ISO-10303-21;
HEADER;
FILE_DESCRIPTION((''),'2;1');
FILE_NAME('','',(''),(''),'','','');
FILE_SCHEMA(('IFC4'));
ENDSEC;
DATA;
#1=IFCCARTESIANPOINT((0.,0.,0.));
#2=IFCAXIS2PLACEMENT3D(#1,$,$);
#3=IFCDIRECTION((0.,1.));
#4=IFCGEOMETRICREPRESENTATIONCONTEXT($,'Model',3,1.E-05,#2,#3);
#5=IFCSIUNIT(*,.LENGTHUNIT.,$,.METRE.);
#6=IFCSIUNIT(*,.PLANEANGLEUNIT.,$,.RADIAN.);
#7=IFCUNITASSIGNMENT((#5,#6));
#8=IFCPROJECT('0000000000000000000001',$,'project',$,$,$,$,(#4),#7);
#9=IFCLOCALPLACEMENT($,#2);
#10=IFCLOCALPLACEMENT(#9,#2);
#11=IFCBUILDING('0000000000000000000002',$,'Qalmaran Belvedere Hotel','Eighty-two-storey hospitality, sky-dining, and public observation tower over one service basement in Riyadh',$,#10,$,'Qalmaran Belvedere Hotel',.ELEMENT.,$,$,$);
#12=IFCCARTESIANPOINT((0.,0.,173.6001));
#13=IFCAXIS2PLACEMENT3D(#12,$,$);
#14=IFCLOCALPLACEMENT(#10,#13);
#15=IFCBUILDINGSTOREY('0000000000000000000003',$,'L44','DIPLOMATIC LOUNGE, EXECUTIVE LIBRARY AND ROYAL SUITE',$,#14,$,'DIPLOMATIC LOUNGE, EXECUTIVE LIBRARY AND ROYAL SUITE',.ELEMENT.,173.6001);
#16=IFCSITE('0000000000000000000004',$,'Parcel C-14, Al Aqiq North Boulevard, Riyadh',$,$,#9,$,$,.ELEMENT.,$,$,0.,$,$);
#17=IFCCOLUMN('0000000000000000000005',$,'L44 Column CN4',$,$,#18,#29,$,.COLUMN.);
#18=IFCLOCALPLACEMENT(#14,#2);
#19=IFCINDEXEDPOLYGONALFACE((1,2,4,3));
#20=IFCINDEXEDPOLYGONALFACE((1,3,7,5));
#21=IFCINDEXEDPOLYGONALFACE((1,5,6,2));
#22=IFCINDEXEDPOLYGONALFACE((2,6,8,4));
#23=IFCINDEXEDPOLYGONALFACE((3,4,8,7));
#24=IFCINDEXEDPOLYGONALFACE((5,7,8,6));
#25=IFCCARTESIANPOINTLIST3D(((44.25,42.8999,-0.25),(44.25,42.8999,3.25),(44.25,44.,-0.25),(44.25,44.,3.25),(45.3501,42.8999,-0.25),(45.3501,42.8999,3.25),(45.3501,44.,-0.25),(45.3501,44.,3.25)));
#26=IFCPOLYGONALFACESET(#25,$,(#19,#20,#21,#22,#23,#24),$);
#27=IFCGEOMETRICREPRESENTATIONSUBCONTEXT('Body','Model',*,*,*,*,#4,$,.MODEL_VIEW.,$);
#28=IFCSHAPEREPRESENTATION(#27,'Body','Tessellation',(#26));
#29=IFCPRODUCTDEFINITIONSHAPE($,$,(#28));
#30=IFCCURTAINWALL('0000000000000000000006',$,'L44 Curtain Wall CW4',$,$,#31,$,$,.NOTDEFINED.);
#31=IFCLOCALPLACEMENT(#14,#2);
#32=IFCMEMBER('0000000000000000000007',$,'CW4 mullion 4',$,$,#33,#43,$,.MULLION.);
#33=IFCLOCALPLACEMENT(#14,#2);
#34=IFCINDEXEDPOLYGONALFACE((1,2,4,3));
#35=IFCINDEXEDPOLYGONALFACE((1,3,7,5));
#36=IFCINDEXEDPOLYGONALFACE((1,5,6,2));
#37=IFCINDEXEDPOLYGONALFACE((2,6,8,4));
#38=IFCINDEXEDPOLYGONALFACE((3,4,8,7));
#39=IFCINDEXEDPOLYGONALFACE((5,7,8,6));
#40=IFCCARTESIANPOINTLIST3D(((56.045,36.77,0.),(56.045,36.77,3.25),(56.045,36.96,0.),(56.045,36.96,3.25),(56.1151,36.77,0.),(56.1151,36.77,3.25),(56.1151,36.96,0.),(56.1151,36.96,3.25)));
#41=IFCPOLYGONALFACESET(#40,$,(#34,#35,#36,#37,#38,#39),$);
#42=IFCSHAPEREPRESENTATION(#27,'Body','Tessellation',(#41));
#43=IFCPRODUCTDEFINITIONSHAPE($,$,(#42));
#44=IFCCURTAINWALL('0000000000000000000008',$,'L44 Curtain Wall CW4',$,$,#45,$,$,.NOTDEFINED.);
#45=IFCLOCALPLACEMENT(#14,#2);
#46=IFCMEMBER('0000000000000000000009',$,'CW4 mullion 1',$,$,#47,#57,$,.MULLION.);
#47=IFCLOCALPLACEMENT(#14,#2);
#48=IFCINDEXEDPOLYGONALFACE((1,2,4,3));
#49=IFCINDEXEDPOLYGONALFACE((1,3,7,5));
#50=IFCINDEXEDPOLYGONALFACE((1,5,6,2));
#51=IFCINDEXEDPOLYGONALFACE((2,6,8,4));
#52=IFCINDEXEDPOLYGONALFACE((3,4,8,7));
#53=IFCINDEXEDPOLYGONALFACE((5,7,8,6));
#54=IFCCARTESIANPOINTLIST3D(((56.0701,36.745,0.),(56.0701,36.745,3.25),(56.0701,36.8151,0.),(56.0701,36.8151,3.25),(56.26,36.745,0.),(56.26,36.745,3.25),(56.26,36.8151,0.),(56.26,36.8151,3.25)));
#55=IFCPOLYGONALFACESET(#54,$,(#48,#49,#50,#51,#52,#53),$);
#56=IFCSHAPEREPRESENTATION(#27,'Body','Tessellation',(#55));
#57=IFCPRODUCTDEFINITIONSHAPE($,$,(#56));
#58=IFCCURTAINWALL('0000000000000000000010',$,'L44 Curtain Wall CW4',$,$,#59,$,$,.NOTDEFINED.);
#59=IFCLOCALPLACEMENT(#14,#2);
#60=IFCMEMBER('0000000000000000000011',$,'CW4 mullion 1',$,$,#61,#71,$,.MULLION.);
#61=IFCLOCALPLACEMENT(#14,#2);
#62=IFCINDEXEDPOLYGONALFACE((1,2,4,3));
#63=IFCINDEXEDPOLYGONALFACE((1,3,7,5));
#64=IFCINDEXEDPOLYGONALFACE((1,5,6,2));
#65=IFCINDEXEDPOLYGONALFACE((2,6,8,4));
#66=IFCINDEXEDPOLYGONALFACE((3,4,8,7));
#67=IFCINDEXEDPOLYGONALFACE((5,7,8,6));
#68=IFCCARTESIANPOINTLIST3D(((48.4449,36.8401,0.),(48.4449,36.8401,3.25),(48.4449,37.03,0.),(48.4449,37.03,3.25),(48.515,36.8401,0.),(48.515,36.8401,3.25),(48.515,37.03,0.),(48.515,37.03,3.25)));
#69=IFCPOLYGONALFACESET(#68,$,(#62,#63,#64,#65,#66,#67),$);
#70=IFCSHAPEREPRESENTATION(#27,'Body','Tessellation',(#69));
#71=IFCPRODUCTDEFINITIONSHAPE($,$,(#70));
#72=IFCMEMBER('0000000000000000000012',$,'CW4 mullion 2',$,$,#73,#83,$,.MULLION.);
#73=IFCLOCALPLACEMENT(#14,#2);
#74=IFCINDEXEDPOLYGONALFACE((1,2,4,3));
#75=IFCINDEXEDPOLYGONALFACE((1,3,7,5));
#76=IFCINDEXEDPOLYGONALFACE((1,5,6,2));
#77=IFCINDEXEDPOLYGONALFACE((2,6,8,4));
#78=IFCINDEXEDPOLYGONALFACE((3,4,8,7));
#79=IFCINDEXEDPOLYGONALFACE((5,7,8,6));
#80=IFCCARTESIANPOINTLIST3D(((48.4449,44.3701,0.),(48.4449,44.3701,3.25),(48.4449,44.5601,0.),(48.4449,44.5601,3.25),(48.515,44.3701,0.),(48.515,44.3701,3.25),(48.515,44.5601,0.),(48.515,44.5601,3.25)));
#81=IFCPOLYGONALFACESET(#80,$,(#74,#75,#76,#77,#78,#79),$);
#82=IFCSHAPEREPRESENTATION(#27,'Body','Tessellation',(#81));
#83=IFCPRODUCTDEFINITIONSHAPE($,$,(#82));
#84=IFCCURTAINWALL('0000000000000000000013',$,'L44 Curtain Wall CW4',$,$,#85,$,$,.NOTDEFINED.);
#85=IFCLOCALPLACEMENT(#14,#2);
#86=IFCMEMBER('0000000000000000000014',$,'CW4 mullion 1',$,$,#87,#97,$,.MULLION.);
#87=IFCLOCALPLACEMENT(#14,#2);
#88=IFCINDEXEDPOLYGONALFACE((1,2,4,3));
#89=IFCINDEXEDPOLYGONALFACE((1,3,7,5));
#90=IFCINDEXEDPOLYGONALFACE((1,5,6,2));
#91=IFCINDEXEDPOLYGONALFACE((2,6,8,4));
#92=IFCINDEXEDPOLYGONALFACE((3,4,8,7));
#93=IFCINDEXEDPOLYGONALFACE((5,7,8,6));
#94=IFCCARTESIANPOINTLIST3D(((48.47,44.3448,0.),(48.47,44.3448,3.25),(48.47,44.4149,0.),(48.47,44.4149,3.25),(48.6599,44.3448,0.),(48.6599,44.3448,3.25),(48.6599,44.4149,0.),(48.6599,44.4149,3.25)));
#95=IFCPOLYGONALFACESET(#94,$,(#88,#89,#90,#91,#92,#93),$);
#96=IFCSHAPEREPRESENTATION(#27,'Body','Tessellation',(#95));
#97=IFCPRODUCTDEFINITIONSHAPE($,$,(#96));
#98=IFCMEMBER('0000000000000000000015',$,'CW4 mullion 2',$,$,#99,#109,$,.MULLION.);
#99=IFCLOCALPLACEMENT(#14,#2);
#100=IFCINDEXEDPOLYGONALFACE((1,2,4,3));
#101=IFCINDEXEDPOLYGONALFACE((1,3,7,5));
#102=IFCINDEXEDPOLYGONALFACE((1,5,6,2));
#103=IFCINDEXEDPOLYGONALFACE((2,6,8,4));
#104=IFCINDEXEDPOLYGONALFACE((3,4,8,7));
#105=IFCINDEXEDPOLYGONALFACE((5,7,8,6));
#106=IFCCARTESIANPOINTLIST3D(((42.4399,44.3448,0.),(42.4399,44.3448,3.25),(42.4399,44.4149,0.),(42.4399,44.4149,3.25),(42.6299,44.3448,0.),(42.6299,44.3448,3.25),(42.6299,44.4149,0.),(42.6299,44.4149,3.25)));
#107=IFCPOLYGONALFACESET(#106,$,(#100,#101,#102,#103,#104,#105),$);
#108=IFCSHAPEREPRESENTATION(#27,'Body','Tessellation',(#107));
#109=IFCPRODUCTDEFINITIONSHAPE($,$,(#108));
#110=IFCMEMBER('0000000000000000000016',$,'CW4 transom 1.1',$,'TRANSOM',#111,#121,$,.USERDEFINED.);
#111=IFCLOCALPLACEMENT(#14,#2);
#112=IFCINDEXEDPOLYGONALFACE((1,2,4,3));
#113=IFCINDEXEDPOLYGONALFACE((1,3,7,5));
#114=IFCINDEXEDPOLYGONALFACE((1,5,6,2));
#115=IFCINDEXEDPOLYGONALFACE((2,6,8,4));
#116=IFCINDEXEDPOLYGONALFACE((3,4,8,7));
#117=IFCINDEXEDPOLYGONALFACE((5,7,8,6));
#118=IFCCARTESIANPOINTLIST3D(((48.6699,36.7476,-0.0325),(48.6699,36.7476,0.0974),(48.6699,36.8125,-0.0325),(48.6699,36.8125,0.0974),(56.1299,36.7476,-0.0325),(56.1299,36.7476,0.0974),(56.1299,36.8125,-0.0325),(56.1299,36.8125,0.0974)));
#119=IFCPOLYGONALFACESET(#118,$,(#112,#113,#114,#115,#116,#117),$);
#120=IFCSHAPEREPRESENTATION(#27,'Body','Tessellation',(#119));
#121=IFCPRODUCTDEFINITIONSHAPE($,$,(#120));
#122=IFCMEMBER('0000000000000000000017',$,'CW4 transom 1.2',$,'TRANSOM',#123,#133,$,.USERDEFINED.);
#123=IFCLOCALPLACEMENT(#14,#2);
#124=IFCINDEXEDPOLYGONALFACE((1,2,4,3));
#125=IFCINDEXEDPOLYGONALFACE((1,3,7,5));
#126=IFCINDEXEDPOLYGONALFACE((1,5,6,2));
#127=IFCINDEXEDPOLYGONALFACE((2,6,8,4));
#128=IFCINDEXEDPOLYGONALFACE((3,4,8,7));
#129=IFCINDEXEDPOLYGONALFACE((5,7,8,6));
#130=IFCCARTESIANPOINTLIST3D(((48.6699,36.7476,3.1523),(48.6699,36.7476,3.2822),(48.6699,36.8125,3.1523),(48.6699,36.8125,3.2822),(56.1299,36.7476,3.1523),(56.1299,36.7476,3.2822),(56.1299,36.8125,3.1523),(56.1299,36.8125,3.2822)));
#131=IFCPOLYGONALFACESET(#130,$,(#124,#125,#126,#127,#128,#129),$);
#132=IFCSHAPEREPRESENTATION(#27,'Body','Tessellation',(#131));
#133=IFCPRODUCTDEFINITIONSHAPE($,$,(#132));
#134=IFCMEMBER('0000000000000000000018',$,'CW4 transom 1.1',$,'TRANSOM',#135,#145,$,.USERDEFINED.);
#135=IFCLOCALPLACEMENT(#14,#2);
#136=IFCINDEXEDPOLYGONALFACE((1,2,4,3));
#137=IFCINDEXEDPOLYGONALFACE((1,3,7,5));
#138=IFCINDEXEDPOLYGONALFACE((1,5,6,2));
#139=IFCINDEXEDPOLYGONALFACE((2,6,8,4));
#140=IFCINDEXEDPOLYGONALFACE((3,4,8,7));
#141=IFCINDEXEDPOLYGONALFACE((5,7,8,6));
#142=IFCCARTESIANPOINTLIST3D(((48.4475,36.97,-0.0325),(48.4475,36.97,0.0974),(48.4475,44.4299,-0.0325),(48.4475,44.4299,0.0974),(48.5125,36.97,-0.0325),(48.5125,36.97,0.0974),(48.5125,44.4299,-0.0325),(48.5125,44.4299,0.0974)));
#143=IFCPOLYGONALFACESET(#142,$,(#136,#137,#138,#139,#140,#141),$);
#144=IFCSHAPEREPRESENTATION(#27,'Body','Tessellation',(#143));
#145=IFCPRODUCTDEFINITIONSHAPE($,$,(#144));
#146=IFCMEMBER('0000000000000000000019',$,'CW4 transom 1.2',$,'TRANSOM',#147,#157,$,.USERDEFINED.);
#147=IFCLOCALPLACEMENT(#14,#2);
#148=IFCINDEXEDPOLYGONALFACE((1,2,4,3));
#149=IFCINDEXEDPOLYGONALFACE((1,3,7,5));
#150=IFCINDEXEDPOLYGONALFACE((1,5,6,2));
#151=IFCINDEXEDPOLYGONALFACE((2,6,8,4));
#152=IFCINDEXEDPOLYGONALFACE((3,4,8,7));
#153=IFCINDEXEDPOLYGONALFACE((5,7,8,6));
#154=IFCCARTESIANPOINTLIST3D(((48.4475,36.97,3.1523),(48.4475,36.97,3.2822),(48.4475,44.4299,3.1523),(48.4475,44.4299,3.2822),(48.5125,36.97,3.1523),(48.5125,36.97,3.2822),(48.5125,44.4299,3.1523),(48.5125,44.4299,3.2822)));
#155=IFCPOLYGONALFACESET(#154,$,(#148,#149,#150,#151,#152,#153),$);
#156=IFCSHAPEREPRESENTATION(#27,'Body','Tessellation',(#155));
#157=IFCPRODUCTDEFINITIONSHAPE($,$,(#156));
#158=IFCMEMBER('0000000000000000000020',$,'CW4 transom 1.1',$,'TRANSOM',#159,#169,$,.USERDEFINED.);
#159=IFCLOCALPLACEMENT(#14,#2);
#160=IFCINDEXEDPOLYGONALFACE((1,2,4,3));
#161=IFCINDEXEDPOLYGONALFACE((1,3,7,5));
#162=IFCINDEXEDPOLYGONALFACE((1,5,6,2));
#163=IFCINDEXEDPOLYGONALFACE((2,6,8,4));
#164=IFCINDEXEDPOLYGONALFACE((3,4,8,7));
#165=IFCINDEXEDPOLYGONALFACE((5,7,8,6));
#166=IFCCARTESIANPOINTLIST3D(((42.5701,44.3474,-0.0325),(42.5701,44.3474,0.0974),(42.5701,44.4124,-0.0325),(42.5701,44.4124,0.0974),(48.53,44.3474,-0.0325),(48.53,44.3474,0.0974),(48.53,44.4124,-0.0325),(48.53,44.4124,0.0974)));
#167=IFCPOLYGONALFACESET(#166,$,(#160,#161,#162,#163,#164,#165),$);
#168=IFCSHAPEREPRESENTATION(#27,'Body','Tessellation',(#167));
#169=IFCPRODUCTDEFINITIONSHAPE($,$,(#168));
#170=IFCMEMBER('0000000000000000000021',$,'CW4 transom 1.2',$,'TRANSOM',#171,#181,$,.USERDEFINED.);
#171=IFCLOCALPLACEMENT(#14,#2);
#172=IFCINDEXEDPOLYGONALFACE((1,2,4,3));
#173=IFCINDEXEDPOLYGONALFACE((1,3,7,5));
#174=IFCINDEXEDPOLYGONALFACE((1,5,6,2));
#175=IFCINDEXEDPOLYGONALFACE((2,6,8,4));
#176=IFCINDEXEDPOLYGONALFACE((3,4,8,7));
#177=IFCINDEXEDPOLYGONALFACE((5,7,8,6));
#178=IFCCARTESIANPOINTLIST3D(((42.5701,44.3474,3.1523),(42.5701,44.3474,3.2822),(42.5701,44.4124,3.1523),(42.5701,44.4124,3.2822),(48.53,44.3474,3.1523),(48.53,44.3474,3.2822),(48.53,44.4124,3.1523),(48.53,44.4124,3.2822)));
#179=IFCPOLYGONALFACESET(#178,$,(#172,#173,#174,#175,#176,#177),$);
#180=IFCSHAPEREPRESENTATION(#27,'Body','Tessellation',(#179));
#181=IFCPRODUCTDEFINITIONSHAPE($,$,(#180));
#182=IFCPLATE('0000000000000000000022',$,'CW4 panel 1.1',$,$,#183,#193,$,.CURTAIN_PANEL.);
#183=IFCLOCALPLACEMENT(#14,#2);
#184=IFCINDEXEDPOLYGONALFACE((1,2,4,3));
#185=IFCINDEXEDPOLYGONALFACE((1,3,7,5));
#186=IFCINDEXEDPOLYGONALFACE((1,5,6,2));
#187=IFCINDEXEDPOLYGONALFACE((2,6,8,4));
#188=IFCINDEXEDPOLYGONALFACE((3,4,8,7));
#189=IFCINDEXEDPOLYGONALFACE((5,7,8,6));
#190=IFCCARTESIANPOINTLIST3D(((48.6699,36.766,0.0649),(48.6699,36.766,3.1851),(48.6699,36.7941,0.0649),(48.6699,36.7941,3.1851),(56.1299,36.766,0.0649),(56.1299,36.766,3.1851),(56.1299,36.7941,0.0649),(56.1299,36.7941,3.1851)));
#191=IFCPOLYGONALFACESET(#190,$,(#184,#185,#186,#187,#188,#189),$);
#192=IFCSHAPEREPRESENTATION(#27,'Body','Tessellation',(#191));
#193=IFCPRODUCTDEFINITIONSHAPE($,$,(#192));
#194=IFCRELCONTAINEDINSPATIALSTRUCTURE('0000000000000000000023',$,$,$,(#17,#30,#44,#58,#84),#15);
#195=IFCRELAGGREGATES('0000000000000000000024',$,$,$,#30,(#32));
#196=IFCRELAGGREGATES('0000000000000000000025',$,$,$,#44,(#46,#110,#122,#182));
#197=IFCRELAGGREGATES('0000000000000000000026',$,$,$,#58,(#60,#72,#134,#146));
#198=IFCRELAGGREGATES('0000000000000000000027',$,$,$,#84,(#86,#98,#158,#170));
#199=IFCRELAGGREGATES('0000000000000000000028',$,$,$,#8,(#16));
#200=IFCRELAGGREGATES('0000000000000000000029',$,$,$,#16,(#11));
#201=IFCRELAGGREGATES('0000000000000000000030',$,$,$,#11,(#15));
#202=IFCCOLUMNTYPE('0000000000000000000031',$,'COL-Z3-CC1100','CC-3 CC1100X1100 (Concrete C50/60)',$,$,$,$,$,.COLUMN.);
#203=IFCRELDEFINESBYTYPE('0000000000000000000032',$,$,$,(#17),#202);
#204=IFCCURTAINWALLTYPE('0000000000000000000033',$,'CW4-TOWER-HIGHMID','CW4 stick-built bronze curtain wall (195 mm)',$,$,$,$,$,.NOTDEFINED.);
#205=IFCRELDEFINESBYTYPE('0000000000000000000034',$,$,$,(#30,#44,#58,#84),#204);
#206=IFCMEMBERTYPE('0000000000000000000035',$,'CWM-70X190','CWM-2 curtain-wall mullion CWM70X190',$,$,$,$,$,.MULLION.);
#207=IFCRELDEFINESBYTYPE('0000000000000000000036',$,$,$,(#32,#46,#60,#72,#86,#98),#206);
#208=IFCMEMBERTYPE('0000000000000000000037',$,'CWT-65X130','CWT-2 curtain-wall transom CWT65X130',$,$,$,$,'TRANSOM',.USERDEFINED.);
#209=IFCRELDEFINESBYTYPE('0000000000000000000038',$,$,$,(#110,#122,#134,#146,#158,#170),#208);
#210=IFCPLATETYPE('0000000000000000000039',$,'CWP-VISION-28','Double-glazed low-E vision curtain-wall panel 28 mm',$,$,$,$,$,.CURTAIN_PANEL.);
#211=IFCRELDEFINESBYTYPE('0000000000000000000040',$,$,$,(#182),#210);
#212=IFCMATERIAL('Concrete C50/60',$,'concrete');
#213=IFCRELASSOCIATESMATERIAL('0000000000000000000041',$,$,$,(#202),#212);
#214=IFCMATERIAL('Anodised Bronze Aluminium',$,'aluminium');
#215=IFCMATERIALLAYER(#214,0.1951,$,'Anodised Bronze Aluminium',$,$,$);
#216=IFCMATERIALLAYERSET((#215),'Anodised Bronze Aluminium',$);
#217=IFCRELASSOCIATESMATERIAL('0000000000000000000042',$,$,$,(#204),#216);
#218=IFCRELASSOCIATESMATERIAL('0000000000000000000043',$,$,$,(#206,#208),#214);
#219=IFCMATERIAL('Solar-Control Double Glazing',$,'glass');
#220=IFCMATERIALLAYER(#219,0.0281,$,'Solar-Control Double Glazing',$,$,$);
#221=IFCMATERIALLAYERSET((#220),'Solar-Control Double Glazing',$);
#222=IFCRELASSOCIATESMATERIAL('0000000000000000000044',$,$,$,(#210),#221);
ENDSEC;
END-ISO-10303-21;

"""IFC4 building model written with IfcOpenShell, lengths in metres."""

from ifc_helpers import new_model, si_unit, direction, frame, origin, origin_2d, place, context, subcontext, project, spatial, rectangle, extrude, material, layer, layer_set, material_profile, profile_set, type_object, element, aggregate, save


model = new_model("IFC4")

# Units and contexts
model_context = context("Model", 3, precision=1e-05, world=origin(), true_north=direction((0.0, 1.0)))
body_context = subcontext(model_context, "Body", "Model", "MODEL_VIEW")
ifc_project = project(units=[si_unit("LENGTHUNIT", "METRE"), si_unit("PLANEANGLEUNIT", "RADIAN")], contexts=[model_context])

# Site, building, storey
site_placement = place(None, origin())
site = spatial("IfcSite", under=ifc_project, at=site_placement, Name="Parcel C-14, Al Aqiq North Boulevard, Riyadh", CompositionType="ELEMENT", RefElevation=0.0)
building_placement = place(site_placement, origin())
building = spatial("IfcBuilding", under=site, at=building_placement, Name="Qalmaran Belvedere Hotel", Description="Eighty-two-storey hospitality, sky-dining, and public observation tower over one service basement in Riyadh", LongName="Qalmaran Belvedere Hotel", CompositionType="ELEMENT")
storey_placement = place(building_placement, frame((0.0, 0.0, 173.6001)))
storey = spatial("IfcBuildingStorey", under=building, at=storey_placement, Name="L44", Description="DIPLOMATIC LOUNGE, EXECUTIVE LIBRARY AND ROYAL SUITE", LongName="DIPLOMATIC LOUNGE, EXECUTIVE LIBRARY AND ROYAL SUITE", CompositionType="ELEMENT", Elevation=173.6001)

# Column
ifc_material_1 = material(Name="Concrete C50/60", Category="concrete")
ifc_material_profile_1 = material_profile(ifc_material_1, rectangle(XDim=1.1001, YDim=1.1001, at=origin_2d()), Name="CC1100X1100")
ifc_profile_set_1 = profile_set([ifc_material_profile_1], Name="Concrete C50/60")
column_type = type_object("IfcColumnType", Name="COL-Z3-CC1100", Description="CC-3 CC1100X1100 (Concrete C50/60)", PredefinedType="COLUMN", material=ifc_profile_set_1)
column_placement = place(storey_placement, frame((44.8, 43.45, -0.25), z_axis=(0.0, 0.0, 1.0), x_axis=(1.0, 0.0, 0.0)))
element("IfcColumn", 1, at=column_placement, inside=storey, type_object=column_type, Name="L44 Column CN4", PredefinedType="COLUMN", context=body_context, shape_type="SweptSolid", body=[
    extrude(rectangle(XDim=1.1001, YDim=1.1001, at=origin_2d()), origin(), (0.0, 0.0, 1.0), 3.5),
])

# Curtain walls, members
ifc_material_2 = material(Name="Anodised Bronze Aluminium", Category="aluminium")
ifc_layer_1 = layer(ifc_material_2, 0.1951, Name="Anodised Bronze Aluminium")
ifc_layer_set_1 = layer_set([ifc_layer_1], Name="Anodised Bronze Aluminium")
curtain_wall_type = type_object("IfcCurtainWallType", Name="CW4-TOWER-HIGHMID", Description="CW4 stick-built bronze curtain wall (195 mm)", PredefinedType="NOTDEFINED", material=ifc_layer_set_1)
curtain_wall_1_placement = place(storey_placement, origin())
curtain_wall_1 = element("IfcCurtainWall", 2, at=curtain_wall_1_placement, inside=storey, type_object=curtain_wall_type, Name="L44 Curtain Wall CW4", PredefinedType="NOTDEFINED")
ifc_material_profile_2 = material_profile(ifc_material_2, rectangle(XDim=0.0701, YDim=0.1899, at=origin_2d()), Name="CWM70X190")
ifc_profile_set_2 = profile_set([ifc_material_profile_2], Name="Anodised Bronze Aluminium")
member_type_1 = type_object("IfcMemberType", Name="CWM-70X190", Description="CWM-2 curtain-wall mullion CWM70X190", PredefinedType="MULLION", material=ifc_profile_set_2)
member_1_placement = place(storey_placement, frame((56.0801, 36.865, 0.0), z_axis=(0.0, 0.0, 1.0), x_axis=(-1.0, 0.0, 0.0)))
member_1 = element("IfcMember", 3, at=member_1_placement, type_object=member_type_1, Name="CW4 mullion 4", PredefinedType="MULLION", context=body_context, shape_type="SweptSolid", body=[
    extrude(rectangle(XDim=0.0701, YDim=0.1899, at=origin_2d()), origin(), (0.0, 0.0, 1.0), 3.25),
])
aggregate(curtain_wall_1, [member_1])
curtain_wall_2_placement = place(storey_placement, origin())
curtain_wall_2 = element("IfcCurtainWall", 4, at=curtain_wall_2_placement, inside=storey, type_object=curtain_wall_type, Name="L44 Curtain Wall CW4", PredefinedType="NOTDEFINED")
member_2_placement = place(storey_placement, frame((56.165, 36.78, 0.0), z_axis=(0.0, 0.0, 1.0), x_axis=(0.0, -1.0, 0.0)))
member_2 = element("IfcMember", 5, at=member_2_placement, type_object=member_type_1, Name="CW4 mullion 1", PredefinedType="MULLION", context=body_context, shape_type="SweptSolid", body=[
    extrude(rectangle(XDim=0.0701, YDim=0.1899, at=origin_2d()), origin(), (0.0, 0.0, 1.0), 3.25),
])

# Curtain walls, members
curtain_wall_3_placement = place(storey_placement, origin())
curtain_wall_3 = element("IfcCurtainWall", 6, at=curtain_wall_3_placement, inside=storey, type_object=curtain_wall_type, Name="L44 Curtain Wall CW4", PredefinedType="NOTDEFINED")
member_3_placement = place(storey_placement, frame((48.48, 36.9351, 0.0), z_axis=(0.0, 0.0, 1.0), x_axis=(-1.0, 0.0, 0.0)))
member_3 = element("IfcMember", 7, at=member_3_placement, type_object=member_type_1, Name="CW4 mullion 1", PredefinedType="MULLION", context=body_context, shape_type="SweptSolid", body=[
    extrude(rectangle(XDim=0.0701, YDim=0.1899, at=origin_2d()), origin(), (0.0, 0.0, 1.0), 3.25),
])
member_4_placement = place(storey_placement, frame((48.48, 44.4651, 0.0), z_axis=(0.0, 0.0, 1.0), x_axis=(-1.0, 0.0, 0.0)))
member_4 = element("IfcMember", 8, at=member_4_placement, type_object=member_type_1, Name="CW4 mullion 2", PredefinedType="MULLION", context=body_context, shape_type="SweptSolid", body=[
    extrude(rectangle(XDim=0.0701, YDim=0.1899, at=origin_2d()), origin(), (0.0, 0.0, 1.0), 3.25),
])
curtain_wall_4_placement = place(storey_placement, origin())
curtain_wall_4 = element("IfcCurtainWall", 9, at=curtain_wall_4_placement, inside=storey, type_object=curtain_wall_type, Name="L44 Curtain Wall CW4", PredefinedType="NOTDEFINED")
member_5_placement = place(storey_placement, frame((48.5649, 44.3799, 0.0), z_axis=(0.0, 0.0, 1.0), x_axis=(0.0, -1.0, 0.0)))
member_5 = element("IfcMember", 10, at=member_5_placement, type_object=member_type_1, Name="CW4 mullion 1", PredefinedType="MULLION", context=body_context, shape_type="SweptSolid", body=[
    extrude(rectangle(XDim=0.0701, YDim=0.1899, at=origin_2d()), origin(), (0.0, 0.0, 1.0), 3.25),
])
member_6_placement = place(storey_placement, frame((42.5349, 44.3799, 0.0), z_axis=(0.0, 0.0, 1.0), x_axis=(0.0, -1.0, 0.0)))
member_6 = element("IfcMember", 11, at=member_6_placement, type_object=member_type_1, Name="CW4 mullion 2", PredefinedType="MULLION", context=body_context, shape_type="SweptSolid", body=[
    extrude(rectangle(XDim=0.0701, YDim=0.1899, at=origin_2d()), origin(), (0.0, 0.0, 1.0), 3.25),
])

# Members
ifc_material_profile_3 = material_profile(ifc_material_2, rectangle(XDim=0.0649, YDim=0.1299, at=origin_2d()), Name="CWT65X130")
ifc_profile_set_3 = profile_set([ifc_material_profile_3], Name="Anodised Bronze Aluminium")
member_type_2 = type_object("IfcMemberType", Name="CWT-65X130", Description="CWT-2 curtain-wall transom CWT65X130", ElementType="TRANSOM", PredefinedType="USERDEFINED", material=ifc_profile_set_3)
member_7_placement = place(storey_placement, frame((56.1299, 36.78, 0.0325), z_axis=(-1.0, 0.0, 0.0), x_axis=(0.0, -1.0, 0.0)))
member_7 = element("IfcMember", 12, at=member_7_placement, type_object=member_type_2, Name="CW4 transom 1.1", ObjectType="TRANSOM", PredefinedType="USERDEFINED", context=body_context, shape_type="SweptSolid", body=[
    extrude(rectangle(XDim=0.0649, YDim=0.1299, at=origin_2d()), origin(), (0.0, 0.0, 1.0), 7.46),
])
member_8_placement = place(storey_placement, frame((56.1299, 36.78, 3.2173), z_axis=(-1.0, 0.0, 0.0), x_axis=(0.0, -1.0, 0.0)))
member_8 = element("IfcMember", 13, at=member_8_placement, type_object=member_type_2, Name="CW4 transom 1.2", ObjectType="TRANSOM", PredefinedType="USERDEFINED", context=body_context, shape_type="SweptSolid", body=[
    extrude(rectangle(XDim=0.0649, YDim=0.1299, at=origin_2d()), origin(), (0.0, 0.0, 1.0), 7.46),
])
member_9_placement = place(storey_placement, frame((48.48, 36.97, 0.0325), z_axis=(0.0, 1.0, 0.0), x_axis=(-1.0, 0.0, 0.0)))
member_9 = element("IfcMember", 14, at=member_9_placement, type_object=member_type_2, Name="CW4 transom 1.1", ObjectType="TRANSOM", PredefinedType="USERDEFINED", context=body_context, shape_type="SweptSolid", body=[
    extrude(rectangle(XDim=0.0649, YDim=0.1299, at=origin_2d()), origin(), (0.0, 0.0, 1.0), 7.46),
])
member_10_placement = place(storey_placement, frame((48.48, 36.97, 3.2173), z_axis=(0.0, 1.0, 0.0), x_axis=(-1.0, 0.0, 0.0)))
member_10 = element("IfcMember", 15, at=member_10_placement, type_object=member_type_2, Name="CW4 transom 1.2", ObjectType="TRANSOM", PredefinedType="USERDEFINED", context=body_context, shape_type="SweptSolid", body=[
    extrude(rectangle(XDim=0.0649, YDim=0.1299, at=origin_2d()), origin(), (0.0, 0.0, 1.0), 7.46),
])
member_11_placement = place(storey_placement, frame((48.53, 44.3799, 0.0325), z_axis=(-1.0, 0.0, 0.0), x_axis=(0.0, -1.0, 0.0)))
member_11 = element("IfcMember", 16, at=member_11_placement, type_object=member_type_2, Name="CW4 transom 1.1", ObjectType="TRANSOM", PredefinedType="USERDEFINED", context=body_context, shape_type="SweptSolid", body=[
    extrude(rectangle(XDim=0.0649, YDim=0.1299, at=origin_2d()), origin(), (0.0, 0.0, 1.0), 5.96),
])
member_12_placement = place(storey_placement, frame((48.53, 44.3799, 3.2173), z_axis=(-1.0, 0.0, 0.0), x_axis=(0.0, -1.0, 0.0)))
member_12 = element("IfcMember", 17, at=member_12_placement, type_object=member_type_2, Name="CW4 transom 1.2", ObjectType="TRANSOM", PredefinedType="USERDEFINED", context=body_context, shape_type="SweptSolid", body=[
    extrude(rectangle(XDim=0.0649, YDim=0.1299, at=origin_2d()), origin(), (0.0, 0.0, 1.0), 5.96),
])

# Plate
ifc_material_3 = material(Name="Solar-Control Double Glazing", Category="glass")
ifc_layer_2 = layer(ifc_material_3, 0.0281, Name="Solar-Control Double Glazing")
ifc_layer_set_2 = layer_set([ifc_layer_2], Name="Solar-Control Double Glazing")
plate_type = type_object("IfcPlateType", Name="CWP-VISION-28", Description="Double-glazed low-E vision curtain-wall panel 28 mm", PredefinedType="CURTAIN_PANEL", material=ifc_layer_set_2)
plate_1_placement = place(storey_placement, frame((52.3999, 36.78, 0.0649), z_axis=(0.0, 0.0, 1.0), x_axis=(-1.0, 0.0, 0.0)))
plate_1 = element("IfcPlate", 18, at=plate_1_placement, type_object=plate_type, Name="CW4 panel 1.1", PredefinedType="CURTAIN_PANEL", context=body_context, shape_type="SweptSolid", body=[
    extrude(rectangle(XDim=7.46, YDim=0.0281, at=origin_2d()), origin(), (0.0, 0.0, 1.0), 3.1201),
])
aggregate(curtain_wall_2, [member_2, member_7, member_8, plate_1])
aggregate(curtain_wall_3, [member_3, member_4, member_9, member_10])
aggregate(curtain_wall_4, [member_5, member_6, member_11, member_12])

save(model, "model.ifc")
